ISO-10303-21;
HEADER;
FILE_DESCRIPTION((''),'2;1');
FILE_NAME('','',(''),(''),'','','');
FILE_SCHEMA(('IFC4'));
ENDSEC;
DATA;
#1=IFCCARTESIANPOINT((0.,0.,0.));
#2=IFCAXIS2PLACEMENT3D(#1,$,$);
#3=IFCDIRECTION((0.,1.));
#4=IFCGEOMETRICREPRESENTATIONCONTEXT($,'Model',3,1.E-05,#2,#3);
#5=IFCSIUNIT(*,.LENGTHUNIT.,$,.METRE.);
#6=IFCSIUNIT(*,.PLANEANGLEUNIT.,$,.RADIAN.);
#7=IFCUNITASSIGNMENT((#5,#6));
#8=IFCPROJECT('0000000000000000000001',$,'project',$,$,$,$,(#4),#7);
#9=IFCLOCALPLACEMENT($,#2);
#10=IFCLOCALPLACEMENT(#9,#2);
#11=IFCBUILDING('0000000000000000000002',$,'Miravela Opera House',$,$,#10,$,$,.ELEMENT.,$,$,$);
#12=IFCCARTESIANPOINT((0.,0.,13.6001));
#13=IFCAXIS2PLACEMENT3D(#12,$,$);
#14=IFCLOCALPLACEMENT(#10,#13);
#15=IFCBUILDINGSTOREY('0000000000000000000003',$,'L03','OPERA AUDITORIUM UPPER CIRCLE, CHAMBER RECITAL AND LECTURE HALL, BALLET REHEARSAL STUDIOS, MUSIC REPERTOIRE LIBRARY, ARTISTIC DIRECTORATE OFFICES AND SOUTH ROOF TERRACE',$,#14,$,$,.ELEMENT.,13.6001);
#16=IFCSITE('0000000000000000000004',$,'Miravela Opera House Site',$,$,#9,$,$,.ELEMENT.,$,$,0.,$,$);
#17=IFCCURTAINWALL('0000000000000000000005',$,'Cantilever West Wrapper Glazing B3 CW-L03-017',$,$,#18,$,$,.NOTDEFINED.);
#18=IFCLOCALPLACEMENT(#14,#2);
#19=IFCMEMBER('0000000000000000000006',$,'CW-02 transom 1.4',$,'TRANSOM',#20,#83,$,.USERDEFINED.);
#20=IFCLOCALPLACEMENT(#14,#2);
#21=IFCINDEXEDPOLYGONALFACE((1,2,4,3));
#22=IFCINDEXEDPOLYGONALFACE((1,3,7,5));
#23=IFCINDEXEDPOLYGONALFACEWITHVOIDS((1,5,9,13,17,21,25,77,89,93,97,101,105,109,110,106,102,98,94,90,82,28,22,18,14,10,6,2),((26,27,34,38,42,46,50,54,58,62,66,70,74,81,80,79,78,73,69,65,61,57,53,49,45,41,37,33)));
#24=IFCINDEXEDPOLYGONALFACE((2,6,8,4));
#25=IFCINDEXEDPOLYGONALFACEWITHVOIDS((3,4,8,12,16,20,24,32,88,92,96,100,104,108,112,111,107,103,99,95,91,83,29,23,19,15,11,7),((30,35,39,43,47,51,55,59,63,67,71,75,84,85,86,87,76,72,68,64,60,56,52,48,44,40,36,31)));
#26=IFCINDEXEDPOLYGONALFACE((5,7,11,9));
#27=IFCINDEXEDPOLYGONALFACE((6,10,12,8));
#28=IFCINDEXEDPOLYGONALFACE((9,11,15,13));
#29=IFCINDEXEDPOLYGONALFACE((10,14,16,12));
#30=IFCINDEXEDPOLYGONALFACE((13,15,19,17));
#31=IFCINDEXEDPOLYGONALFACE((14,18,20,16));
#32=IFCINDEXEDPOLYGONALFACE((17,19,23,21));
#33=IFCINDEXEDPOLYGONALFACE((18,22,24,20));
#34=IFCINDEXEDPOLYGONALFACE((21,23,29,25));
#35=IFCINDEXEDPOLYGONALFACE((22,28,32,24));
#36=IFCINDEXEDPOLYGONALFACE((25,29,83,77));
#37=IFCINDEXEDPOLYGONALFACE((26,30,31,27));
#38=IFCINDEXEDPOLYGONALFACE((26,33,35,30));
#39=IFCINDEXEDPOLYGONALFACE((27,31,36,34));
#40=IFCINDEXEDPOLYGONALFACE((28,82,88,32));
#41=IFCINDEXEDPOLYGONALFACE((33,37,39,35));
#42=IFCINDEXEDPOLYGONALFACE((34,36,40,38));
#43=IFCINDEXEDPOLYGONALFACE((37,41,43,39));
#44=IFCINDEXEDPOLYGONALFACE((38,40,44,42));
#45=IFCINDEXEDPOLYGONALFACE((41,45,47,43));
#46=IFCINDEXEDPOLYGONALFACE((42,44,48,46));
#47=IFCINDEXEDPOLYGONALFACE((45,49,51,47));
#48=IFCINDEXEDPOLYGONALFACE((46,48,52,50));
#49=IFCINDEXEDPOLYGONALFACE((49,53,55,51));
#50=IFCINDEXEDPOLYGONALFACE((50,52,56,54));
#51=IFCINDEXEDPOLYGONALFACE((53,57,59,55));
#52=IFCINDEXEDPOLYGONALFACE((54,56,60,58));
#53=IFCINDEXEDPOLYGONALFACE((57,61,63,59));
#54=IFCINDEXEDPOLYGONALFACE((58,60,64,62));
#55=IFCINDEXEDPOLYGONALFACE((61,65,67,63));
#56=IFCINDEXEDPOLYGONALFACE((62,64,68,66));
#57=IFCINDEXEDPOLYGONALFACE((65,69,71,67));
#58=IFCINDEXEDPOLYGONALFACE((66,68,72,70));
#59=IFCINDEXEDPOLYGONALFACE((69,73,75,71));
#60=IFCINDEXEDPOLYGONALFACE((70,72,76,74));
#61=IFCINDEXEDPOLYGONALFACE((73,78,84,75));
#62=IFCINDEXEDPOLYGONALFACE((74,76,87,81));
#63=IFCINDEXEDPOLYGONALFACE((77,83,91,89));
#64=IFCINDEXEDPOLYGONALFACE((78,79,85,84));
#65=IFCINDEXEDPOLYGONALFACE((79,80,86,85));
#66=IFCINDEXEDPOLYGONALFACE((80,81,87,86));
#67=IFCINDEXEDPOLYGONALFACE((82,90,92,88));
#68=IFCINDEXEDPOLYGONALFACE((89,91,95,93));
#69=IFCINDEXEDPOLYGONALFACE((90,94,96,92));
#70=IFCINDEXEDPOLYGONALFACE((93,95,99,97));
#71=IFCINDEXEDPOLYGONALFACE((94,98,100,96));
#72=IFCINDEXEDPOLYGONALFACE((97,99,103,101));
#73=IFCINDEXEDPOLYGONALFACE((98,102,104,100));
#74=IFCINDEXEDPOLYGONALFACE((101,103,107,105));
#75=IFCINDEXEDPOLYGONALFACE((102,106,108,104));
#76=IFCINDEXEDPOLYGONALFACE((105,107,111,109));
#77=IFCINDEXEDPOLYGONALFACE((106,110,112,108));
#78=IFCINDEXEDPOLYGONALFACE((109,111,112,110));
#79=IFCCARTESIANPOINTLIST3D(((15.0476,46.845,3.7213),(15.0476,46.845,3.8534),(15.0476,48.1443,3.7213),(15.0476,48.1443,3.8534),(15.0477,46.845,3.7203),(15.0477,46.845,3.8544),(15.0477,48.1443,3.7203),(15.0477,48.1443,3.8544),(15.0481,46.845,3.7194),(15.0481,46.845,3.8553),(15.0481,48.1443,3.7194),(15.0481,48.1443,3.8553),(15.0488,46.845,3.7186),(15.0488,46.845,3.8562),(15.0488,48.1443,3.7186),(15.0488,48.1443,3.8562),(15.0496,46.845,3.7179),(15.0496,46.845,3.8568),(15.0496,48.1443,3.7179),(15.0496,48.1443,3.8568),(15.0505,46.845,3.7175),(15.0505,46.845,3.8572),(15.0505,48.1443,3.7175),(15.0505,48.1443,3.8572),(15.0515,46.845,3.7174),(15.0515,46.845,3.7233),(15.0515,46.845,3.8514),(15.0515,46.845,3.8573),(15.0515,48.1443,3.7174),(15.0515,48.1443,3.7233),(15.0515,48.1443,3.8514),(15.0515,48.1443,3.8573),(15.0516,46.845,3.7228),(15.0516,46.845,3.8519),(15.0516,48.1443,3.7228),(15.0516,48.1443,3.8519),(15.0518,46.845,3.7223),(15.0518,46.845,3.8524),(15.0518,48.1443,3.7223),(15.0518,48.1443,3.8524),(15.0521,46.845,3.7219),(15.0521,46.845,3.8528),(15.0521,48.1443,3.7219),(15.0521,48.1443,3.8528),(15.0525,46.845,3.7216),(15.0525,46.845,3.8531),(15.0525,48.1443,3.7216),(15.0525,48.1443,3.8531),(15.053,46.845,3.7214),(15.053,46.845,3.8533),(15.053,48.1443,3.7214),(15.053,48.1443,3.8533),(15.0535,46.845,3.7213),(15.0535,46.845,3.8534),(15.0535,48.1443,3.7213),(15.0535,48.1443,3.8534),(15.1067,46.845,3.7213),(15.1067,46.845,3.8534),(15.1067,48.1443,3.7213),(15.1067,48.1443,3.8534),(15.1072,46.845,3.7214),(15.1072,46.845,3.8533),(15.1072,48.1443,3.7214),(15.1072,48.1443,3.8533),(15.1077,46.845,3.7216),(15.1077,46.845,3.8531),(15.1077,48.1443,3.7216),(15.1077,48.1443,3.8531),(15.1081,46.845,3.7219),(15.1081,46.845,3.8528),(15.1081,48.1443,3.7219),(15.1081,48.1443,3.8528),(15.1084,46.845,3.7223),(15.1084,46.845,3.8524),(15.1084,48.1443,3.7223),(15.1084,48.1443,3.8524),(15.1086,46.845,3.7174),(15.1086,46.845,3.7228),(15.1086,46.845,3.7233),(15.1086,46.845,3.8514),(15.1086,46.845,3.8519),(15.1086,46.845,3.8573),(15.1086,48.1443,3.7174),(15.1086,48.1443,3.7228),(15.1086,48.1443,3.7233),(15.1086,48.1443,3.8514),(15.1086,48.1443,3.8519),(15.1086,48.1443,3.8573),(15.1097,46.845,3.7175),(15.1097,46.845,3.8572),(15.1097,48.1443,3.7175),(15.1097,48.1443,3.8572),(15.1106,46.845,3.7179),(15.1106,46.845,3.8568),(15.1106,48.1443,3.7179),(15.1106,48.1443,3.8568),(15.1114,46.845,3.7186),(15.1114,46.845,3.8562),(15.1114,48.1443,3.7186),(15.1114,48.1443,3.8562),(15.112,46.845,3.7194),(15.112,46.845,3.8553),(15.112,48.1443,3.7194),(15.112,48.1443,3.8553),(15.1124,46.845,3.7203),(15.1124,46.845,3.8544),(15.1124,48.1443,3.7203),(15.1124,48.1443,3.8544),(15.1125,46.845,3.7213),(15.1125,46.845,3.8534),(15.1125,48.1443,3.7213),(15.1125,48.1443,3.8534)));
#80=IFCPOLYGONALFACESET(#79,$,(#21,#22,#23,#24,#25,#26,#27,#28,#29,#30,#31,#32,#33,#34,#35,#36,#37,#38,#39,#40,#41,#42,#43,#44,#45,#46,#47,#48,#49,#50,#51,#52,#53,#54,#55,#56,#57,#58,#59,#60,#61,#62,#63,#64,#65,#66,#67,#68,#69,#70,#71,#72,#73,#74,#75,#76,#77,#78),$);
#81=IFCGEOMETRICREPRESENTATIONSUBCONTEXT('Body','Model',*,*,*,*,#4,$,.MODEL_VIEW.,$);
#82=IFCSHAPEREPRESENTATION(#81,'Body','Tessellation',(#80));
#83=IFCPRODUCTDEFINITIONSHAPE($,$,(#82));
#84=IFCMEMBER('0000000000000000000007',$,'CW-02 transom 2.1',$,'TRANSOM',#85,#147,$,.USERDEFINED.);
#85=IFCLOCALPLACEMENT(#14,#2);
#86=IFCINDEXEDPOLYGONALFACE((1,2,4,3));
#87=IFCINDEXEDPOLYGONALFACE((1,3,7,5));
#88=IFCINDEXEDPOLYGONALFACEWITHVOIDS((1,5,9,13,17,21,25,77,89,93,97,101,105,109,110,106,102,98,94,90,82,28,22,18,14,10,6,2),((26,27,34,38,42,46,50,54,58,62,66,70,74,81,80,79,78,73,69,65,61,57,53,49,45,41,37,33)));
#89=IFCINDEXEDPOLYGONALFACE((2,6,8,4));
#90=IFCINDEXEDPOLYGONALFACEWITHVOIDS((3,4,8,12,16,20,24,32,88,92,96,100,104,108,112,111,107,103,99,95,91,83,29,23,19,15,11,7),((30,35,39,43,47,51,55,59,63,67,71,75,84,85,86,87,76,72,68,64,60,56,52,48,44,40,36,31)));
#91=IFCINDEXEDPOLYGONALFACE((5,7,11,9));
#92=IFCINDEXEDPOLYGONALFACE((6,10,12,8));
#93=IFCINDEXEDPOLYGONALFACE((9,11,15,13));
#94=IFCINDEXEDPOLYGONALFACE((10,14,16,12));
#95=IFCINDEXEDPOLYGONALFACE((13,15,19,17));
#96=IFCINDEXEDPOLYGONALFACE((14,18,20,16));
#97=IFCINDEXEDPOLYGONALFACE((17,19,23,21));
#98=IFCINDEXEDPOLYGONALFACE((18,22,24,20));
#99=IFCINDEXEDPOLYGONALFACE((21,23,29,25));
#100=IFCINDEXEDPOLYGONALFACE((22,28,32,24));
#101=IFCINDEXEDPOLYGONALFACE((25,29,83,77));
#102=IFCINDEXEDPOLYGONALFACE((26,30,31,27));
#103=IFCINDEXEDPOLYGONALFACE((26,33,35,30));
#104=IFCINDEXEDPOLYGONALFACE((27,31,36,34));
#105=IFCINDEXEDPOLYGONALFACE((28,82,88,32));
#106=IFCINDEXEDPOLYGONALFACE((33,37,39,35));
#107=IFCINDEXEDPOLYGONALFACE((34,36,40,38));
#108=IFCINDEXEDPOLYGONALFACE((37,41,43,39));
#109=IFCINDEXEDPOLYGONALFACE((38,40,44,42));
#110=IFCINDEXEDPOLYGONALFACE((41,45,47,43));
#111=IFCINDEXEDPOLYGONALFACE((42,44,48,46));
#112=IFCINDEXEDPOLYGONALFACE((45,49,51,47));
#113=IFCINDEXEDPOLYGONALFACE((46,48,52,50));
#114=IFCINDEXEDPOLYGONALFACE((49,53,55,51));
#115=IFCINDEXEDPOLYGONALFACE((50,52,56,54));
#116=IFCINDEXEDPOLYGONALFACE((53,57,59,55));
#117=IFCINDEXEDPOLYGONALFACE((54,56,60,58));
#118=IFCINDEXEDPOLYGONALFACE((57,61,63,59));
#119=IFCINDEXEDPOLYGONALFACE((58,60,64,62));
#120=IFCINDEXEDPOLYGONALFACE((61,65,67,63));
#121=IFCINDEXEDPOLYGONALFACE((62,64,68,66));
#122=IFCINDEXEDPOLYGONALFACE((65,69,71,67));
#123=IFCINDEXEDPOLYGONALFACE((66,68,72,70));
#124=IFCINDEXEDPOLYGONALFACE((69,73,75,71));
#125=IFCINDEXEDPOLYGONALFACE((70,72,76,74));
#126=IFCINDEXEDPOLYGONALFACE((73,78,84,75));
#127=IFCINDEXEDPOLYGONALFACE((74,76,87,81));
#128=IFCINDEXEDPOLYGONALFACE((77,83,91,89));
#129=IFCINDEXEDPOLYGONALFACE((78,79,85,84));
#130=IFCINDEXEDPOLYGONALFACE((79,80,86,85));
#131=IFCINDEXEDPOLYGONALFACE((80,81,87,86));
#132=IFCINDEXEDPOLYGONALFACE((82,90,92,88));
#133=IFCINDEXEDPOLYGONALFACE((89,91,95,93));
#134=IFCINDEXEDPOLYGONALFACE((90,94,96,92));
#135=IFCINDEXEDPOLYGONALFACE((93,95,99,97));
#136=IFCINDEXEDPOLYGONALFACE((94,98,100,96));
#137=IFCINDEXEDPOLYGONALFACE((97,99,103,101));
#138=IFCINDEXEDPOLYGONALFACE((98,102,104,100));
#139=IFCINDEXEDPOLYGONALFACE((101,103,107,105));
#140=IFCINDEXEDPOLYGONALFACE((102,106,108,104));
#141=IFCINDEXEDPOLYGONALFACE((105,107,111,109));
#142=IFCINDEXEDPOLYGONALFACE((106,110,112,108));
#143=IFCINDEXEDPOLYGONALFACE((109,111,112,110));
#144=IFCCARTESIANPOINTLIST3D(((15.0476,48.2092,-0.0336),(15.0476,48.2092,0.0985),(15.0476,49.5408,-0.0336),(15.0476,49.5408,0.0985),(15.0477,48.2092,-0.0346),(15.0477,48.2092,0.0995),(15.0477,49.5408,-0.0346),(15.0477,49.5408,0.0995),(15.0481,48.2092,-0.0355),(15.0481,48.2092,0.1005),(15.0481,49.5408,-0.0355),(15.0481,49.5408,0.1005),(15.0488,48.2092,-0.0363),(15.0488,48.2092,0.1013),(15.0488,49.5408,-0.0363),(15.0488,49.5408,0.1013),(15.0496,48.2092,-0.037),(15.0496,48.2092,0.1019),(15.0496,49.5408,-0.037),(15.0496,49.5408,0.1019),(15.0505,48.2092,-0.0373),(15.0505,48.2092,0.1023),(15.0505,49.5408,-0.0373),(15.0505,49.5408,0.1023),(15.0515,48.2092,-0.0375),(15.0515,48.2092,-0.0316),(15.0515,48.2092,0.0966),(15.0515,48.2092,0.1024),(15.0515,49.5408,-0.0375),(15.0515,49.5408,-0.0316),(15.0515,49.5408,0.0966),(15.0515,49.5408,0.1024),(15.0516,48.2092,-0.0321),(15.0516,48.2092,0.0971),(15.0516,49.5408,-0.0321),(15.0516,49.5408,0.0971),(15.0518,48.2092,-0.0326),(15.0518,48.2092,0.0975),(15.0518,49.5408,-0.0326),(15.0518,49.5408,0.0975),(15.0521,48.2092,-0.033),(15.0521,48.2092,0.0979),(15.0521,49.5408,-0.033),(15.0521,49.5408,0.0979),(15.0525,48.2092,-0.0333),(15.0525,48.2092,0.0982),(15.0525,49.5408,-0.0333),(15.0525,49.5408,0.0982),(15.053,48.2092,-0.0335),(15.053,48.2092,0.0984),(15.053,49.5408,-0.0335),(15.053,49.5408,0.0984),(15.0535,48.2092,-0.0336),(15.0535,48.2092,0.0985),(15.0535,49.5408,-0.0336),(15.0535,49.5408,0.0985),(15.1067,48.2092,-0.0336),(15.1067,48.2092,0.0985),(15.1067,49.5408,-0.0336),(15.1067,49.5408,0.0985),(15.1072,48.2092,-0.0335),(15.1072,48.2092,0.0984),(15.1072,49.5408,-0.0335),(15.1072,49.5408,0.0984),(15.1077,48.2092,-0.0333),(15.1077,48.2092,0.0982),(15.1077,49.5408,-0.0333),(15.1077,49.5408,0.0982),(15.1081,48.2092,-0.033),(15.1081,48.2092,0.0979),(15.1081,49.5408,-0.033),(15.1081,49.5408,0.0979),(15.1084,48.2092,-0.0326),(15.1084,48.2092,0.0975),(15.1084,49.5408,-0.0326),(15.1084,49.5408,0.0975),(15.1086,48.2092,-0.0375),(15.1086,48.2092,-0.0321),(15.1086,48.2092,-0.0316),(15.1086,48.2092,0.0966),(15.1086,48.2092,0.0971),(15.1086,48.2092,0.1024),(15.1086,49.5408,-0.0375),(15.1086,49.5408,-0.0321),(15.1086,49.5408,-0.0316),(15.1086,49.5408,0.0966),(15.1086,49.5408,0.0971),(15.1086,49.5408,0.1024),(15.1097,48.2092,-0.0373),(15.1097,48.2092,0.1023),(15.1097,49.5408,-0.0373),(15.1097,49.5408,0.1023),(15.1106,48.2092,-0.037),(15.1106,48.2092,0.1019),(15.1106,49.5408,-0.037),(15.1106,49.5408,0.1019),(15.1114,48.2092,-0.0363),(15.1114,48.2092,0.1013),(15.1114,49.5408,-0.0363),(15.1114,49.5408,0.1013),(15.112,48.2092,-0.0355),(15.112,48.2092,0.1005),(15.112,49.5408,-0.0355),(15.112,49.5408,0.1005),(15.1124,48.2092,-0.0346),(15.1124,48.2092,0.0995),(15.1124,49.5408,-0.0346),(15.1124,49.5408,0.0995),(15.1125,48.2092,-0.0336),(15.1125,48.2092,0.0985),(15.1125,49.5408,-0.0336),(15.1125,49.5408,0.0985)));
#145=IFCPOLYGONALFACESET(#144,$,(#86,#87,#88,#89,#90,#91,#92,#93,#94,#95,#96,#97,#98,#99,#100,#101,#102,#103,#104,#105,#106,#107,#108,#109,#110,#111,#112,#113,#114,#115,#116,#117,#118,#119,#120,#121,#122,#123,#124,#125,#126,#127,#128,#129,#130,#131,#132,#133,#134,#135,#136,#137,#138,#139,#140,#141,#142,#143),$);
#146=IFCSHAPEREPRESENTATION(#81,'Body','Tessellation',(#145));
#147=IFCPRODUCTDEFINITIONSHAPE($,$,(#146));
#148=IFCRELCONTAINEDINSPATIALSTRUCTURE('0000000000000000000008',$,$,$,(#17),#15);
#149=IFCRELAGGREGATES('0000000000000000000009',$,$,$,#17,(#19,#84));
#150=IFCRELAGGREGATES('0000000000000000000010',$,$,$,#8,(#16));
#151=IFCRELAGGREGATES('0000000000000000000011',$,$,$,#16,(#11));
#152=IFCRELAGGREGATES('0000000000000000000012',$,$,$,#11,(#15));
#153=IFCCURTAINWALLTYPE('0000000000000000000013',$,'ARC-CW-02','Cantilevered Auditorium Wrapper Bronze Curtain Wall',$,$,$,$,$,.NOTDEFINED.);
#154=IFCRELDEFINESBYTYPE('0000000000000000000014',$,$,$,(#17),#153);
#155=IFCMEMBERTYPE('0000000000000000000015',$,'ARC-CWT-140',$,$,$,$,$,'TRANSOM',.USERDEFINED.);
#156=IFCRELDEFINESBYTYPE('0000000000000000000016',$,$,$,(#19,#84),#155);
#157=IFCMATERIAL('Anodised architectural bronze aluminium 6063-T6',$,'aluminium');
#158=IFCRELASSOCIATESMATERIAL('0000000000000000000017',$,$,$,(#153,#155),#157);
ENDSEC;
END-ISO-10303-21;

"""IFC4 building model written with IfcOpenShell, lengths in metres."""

from ifc_helpers import new_model, si_unit, direction, frame, origin, origin_2d, place, context, subcontext, project, spatial, hollow_rectangle, extrude, material, material_profile, profile_set, type_object, element, aggregate, save


model = new_model("IFC4")

# Units and contexts
model_context = context("Model", 3, precision=1e-05, world=origin(), true_north=direction((0.0, 1.0)))
body_context = subcontext(model_context, "Body", "Model", "MODEL_VIEW")
ifc_project = project(units=[si_unit("LENGTHUNIT", "METRE"), si_unit("PLANEANGLEUNIT", "RADIAN")], contexts=[model_context])

# Site, building, storey
site_placement = place(None, origin())
site = spatial("IfcSite", under=ifc_project, at=site_placement, Name="Miravela Opera House Site", CompositionType="ELEMENT", RefElevation=0.0)
building_placement = place(site_placement, origin())
building = spatial("IfcBuilding", under=site, at=building_placement, Name="Miravela Opera House", CompositionType="ELEMENT")
storey_placement = place(building_placement, frame((0.0, 0.0, 13.6001)))
storey = spatial("IfcBuildingStorey", under=building, at=storey_placement, Name="L03", Description="OPERA AUDITORIUM UPPER CIRCLE, CHAMBER RECITAL AND LECTURE HALL, BALLET REHEARSAL STUDIOS, MUSIC REPERTOIRE LIBRARY, ARTISTIC DIRECTORATE OFFICES AND SOUTH ROOF TERRACE", CompositionType="ELEMENT", Elevation=13.6001)

# Curtain wall
ifc_material_1 = material(Name="Anodised architectural bronze aluminium 6063-T6", Category="aluminium")
curtain_wall_type = type_object("IfcCurtainWallType", Name="ARC-CW-02", Description="Cantilevered Auditorium Wrapper Bronze Curtain Wall", PredefinedType="NOTDEFINED", material=ifc_material_1)
curtain_wall_1_placement = place(storey_placement, origin())
curtain_wall_1 = element("IfcCurtainWall", 1, at=curtain_wall_1_placement, inside=storey, type_object=curtain_wall_type, Name="Cantilever West Wrapper Glazing B3 CW-L03-017", PredefinedType="NOTDEFINED")

# Members
ifc_material_profile_1 = material_profile(ifc_material_1, hollow_rectangle(XDim=0.0649, YDim=0.1399, WallThickness=0.0039, InnerFilletRadius=0.002, OuterFilletRadius=0.0039, at=origin_2d()), Name="CWT-65X140")
ifc_profile_set_1 = profile_set([ifc_material_profile_1])
member_type_1 = type_object("IfcMemberType", Name="ARC-CWT-140", ElementType="TRANSOM", PredefinedType="USERDEFINED", material=ifc_profile_set_1)
member_1_placement = place(storey_placement, frame((15.0801, 46.845, 3.7874), z_axis=(0.0, 1.0, 0.0), x_axis=(-1.0, 0.0, 0.0)))
member_1 = element("IfcMember", 2, at=member_1_placement, type_object=member_type_1, Name="CW-02 transom 1.4", ObjectType="TRANSOM", PredefinedType="USERDEFINED", context=body_context, shape_type="SweptSolid", body=[
    extrude(hollow_rectangle(XDim=0.0649, YDim=0.1399, WallThickness=0.0039, InnerFilletRadius=0.002, OuterFilletRadius=0.0039, at=origin_2d()), origin(), (0.0, 0.0, 1.0), 1.2993),
])
member_2_placement = place(storey_placement, frame((15.0801, 48.2092, 0.0325), z_axis=(0.0, 1.0, 0.0), x_axis=(-1.0, 0.0, 0.0)))
member_2 = element("IfcMember", 3, at=member_2_placement, type_object=member_type_1, Name="CW-02 transom 2.1", ObjectType="TRANSOM", PredefinedType="USERDEFINED", context=body_context, shape_type="SweptSolid", body=[
    extrude(hollow_rectangle(XDim=0.0649, YDim=0.1399, WallThickness=0.0039, InnerFilletRadius=0.002, OuterFilletRadius=0.0039, at=origin_2d()), origin(), (0.0, 0.0, 1.0), 1.3315),
])

aggregate(curtain_wall_1, [member_1, member_2])

save(model, "model.ifc")
